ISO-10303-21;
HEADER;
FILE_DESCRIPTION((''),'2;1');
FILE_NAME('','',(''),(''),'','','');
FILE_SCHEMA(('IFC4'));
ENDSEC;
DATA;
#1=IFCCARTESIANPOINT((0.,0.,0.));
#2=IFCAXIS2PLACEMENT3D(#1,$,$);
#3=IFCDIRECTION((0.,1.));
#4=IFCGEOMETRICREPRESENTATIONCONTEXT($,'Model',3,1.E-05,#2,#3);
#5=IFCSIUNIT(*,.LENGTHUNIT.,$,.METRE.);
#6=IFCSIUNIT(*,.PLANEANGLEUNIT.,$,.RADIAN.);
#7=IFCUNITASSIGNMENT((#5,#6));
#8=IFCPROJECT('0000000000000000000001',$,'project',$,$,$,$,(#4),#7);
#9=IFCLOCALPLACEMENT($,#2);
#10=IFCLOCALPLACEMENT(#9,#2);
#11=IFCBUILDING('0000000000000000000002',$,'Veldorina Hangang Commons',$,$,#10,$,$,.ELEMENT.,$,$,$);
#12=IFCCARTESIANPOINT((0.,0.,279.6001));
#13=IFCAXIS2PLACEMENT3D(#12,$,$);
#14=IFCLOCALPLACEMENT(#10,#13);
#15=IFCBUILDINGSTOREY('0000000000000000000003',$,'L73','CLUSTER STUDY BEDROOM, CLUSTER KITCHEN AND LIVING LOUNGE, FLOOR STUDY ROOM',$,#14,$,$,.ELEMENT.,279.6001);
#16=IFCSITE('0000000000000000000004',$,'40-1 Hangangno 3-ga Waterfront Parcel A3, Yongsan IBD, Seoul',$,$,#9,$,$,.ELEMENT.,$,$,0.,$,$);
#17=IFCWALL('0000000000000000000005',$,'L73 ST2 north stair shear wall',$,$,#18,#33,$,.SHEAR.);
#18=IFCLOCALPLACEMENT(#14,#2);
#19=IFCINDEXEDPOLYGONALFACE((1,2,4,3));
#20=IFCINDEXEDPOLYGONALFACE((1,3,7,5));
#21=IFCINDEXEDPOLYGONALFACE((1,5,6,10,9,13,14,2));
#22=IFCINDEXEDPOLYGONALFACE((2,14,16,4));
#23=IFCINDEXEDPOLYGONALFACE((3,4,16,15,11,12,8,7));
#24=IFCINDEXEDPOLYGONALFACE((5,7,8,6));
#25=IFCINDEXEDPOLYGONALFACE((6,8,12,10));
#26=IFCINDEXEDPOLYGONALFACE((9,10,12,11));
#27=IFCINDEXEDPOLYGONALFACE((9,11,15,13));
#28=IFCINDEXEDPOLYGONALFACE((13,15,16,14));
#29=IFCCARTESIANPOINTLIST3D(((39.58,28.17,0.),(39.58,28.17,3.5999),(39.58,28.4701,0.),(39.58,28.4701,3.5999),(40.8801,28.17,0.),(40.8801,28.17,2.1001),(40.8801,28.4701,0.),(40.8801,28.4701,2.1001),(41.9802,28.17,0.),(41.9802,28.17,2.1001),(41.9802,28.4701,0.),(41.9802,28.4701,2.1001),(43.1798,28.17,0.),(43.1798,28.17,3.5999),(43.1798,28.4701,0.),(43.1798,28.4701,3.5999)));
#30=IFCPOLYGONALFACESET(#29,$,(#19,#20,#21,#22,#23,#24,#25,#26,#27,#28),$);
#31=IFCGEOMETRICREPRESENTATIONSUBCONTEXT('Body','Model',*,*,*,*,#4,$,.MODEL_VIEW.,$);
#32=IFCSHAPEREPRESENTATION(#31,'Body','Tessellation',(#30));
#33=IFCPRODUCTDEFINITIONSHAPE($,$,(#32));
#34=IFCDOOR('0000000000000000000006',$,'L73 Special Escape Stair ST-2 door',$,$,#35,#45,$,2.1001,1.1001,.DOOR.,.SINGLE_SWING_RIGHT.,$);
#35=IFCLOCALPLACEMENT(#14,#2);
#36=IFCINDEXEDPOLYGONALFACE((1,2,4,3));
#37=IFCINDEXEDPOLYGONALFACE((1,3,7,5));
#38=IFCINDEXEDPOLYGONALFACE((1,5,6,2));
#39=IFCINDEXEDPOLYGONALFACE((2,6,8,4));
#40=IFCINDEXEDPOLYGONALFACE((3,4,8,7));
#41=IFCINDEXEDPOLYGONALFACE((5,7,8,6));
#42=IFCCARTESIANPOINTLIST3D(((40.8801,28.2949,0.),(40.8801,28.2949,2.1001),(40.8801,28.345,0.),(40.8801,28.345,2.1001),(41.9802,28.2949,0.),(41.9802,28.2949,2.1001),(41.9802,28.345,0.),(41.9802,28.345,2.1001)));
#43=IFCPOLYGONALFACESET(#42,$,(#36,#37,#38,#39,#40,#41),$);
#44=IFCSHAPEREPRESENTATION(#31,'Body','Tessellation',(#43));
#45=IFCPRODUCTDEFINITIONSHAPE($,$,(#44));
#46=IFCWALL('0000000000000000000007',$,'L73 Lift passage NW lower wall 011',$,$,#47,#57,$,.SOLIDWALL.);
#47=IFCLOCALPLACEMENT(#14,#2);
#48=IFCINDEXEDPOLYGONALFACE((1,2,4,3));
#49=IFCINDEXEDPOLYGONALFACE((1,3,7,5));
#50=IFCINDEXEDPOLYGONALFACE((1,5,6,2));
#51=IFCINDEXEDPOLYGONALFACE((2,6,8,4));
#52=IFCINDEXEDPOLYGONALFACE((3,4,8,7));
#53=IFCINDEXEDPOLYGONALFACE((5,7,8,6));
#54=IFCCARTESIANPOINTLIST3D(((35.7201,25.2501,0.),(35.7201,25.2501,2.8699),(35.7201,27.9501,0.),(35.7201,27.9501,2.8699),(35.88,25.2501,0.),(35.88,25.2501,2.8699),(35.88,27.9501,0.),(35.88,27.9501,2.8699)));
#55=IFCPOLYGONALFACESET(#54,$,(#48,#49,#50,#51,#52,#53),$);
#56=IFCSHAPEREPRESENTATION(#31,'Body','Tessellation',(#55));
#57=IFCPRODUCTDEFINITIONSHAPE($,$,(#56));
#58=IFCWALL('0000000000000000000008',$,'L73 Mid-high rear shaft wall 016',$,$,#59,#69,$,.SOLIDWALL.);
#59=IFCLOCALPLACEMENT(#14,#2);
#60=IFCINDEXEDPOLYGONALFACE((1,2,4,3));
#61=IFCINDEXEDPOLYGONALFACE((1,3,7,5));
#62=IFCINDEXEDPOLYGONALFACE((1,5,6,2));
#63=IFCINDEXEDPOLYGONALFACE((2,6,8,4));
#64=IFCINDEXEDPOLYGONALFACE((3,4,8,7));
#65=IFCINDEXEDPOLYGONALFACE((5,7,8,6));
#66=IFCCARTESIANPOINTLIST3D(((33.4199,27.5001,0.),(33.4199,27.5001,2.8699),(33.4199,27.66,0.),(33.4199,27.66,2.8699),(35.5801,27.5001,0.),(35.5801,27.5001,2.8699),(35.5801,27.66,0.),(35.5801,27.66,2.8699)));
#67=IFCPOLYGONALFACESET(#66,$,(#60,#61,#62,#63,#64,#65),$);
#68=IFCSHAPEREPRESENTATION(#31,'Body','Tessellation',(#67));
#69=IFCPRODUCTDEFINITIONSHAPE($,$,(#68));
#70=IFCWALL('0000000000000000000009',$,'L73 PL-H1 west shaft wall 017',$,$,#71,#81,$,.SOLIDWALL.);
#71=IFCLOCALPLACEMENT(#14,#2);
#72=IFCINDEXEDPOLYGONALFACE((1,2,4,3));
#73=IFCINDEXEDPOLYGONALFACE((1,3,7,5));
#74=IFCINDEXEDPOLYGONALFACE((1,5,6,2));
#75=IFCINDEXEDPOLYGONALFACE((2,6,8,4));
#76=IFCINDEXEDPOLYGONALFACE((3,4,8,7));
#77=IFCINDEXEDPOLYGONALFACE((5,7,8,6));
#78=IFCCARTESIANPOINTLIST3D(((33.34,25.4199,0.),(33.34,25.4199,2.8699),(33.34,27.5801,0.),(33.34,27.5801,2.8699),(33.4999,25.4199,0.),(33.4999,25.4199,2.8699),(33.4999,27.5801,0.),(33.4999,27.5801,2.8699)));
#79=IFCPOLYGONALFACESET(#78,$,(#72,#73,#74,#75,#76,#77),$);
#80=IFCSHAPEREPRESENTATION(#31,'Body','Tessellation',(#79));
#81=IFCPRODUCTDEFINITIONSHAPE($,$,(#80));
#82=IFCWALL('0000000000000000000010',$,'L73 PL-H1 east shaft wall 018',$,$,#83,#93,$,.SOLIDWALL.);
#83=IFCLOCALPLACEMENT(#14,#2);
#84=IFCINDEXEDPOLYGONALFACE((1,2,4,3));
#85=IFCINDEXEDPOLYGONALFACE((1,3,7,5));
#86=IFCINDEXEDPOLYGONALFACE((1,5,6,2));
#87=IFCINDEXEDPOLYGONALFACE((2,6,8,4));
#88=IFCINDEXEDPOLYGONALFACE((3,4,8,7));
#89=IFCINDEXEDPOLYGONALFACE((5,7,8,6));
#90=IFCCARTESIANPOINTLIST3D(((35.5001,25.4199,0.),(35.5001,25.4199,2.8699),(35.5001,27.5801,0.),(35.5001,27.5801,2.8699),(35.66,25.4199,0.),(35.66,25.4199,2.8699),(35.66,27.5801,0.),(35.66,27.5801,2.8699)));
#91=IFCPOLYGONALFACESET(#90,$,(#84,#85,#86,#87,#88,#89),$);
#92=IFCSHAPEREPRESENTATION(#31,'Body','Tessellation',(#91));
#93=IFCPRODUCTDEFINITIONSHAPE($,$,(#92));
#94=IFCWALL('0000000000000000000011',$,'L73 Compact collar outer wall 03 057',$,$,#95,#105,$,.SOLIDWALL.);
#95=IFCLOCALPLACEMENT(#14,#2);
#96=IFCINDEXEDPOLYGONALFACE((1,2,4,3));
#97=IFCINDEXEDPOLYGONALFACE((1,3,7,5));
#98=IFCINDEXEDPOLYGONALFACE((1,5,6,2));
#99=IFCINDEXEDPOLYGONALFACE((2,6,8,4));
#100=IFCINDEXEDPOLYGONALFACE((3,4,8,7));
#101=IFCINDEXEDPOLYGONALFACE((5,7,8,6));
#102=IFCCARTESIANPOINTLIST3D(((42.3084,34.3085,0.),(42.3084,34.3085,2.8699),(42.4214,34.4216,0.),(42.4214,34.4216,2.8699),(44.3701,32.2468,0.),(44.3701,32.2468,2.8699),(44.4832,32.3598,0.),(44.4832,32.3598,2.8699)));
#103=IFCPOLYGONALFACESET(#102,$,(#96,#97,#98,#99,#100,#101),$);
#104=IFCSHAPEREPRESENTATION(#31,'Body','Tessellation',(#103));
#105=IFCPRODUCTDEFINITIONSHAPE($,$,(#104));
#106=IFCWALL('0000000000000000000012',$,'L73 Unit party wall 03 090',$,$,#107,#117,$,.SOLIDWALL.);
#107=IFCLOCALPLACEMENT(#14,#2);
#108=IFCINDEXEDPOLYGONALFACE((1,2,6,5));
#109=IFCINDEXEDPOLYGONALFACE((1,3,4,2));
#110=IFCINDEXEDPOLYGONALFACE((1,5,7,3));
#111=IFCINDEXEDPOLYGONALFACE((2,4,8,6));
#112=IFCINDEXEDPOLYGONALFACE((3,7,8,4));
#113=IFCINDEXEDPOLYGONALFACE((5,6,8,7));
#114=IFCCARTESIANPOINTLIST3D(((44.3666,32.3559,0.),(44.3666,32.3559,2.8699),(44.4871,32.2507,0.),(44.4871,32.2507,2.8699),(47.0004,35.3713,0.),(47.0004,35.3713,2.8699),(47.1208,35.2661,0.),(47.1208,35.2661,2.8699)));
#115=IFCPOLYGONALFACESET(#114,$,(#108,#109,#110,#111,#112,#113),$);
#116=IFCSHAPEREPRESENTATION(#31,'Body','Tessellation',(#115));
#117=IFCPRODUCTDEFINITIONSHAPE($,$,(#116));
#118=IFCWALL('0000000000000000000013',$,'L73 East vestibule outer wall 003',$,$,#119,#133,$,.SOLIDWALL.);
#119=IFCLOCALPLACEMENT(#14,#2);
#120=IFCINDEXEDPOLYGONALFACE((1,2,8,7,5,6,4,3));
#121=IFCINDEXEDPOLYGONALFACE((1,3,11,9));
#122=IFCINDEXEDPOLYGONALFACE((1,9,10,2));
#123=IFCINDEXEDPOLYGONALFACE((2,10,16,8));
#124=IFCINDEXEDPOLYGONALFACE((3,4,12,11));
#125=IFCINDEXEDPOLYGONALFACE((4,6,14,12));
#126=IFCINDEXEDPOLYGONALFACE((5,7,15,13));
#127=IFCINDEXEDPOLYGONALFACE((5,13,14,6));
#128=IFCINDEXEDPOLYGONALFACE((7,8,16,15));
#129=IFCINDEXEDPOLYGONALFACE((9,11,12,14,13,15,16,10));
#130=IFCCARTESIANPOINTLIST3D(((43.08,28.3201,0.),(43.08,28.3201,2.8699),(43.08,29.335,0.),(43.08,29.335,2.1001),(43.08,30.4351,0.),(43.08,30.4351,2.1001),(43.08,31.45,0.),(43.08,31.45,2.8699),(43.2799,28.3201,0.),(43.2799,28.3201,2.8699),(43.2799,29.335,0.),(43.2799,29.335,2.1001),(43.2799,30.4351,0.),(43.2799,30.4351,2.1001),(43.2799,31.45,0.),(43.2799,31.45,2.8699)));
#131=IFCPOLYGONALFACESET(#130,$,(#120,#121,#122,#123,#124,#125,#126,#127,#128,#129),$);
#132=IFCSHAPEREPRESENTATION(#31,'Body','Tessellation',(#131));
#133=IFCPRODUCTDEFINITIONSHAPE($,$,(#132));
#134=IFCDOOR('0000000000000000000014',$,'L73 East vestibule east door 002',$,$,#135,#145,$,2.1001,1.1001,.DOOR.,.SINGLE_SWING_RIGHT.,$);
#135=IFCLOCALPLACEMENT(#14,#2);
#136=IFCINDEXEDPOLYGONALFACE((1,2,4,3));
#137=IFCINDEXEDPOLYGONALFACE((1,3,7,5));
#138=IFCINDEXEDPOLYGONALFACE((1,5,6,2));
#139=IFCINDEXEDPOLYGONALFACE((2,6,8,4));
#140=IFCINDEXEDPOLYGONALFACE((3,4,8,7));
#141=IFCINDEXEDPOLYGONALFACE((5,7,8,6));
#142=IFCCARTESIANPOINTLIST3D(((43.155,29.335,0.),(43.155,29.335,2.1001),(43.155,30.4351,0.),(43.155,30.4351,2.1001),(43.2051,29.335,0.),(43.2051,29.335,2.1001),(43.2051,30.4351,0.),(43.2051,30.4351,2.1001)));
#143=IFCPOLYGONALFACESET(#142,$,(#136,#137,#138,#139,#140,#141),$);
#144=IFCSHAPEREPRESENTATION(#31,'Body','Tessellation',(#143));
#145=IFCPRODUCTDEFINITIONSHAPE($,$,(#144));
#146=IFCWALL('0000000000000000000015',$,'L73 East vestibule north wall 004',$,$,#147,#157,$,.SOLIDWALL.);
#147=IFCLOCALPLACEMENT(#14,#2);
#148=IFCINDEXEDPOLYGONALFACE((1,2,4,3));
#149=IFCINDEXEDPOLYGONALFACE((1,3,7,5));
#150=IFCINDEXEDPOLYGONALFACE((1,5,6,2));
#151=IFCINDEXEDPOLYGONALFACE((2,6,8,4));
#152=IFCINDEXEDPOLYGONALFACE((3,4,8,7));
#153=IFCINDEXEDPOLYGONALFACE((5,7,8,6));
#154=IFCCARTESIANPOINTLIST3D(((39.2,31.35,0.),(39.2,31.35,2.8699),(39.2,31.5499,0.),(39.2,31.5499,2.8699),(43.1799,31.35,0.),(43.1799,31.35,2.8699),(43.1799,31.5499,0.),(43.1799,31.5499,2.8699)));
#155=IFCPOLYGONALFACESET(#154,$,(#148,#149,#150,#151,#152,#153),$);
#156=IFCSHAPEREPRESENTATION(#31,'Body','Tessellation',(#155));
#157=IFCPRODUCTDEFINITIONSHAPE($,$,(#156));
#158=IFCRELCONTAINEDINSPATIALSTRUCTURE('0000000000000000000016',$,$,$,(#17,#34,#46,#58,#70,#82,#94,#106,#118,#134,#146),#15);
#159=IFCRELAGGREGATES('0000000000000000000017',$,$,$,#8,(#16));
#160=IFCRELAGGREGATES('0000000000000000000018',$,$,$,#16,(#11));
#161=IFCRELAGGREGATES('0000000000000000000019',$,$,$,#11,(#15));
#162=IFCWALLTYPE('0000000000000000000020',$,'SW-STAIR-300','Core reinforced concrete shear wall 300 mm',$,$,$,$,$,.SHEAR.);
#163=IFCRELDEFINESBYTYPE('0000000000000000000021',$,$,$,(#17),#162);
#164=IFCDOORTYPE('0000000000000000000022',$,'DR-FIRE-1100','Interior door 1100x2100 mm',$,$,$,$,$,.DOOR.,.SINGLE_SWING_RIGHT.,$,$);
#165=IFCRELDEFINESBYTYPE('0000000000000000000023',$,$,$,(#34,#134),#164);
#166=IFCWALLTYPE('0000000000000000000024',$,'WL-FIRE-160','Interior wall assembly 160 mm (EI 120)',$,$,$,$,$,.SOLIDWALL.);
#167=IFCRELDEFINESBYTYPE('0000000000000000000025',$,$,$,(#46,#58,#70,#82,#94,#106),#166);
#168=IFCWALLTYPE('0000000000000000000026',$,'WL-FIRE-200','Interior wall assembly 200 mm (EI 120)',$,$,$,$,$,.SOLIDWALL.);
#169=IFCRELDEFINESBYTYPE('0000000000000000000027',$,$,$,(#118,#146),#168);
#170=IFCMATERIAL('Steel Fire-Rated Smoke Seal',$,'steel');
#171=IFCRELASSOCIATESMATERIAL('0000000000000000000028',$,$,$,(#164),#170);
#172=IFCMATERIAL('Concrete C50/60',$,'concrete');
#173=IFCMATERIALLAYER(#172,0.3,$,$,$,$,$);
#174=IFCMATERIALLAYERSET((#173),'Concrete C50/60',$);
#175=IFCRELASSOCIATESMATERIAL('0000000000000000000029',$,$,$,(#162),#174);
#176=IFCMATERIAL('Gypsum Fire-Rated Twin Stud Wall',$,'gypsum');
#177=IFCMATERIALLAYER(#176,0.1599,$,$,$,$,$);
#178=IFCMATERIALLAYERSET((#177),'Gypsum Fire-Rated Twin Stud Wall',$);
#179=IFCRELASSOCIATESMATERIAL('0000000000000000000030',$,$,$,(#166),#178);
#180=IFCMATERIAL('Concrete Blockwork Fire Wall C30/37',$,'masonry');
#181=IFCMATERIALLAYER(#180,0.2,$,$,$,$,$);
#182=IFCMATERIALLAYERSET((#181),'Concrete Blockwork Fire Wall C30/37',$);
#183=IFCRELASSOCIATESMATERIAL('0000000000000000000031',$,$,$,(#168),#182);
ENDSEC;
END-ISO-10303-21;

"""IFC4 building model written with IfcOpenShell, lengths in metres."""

from ifc_helpers import new_model, si_unit, direction, frame, frame_2d, origin, place, context, subcontext, project, spatial, rectangle, extrude, material, layer, layer_set, type_object, element, fill, save


model = new_model("IFC4")

# Units and contexts
model_context = context("Model", 3, precision=1e-05, world=origin(), true_north=direction((0.0, 1.0)))
body_context = subcontext(model_context, "Body", "Model", "MODEL_VIEW")
ifc_project = project(units=[si_unit("LENGTHUNIT", "METRE"), si_unit("PLANEANGLEUNIT", "RADIAN")], contexts=[model_context])

# Site, building, storey
site_placement = place(None, origin())
site = spatial("IfcSite", under=ifc_project, at=site_placement, Name="40-1 Hangangno 3-ga Waterfront Parcel A3, Yongsan IBD, Seoul", CompositionType="ELEMENT", RefElevation=0.0)
building_placement = place(site_placement, origin())
building = spatial("IfcBuilding", under=site, at=building_placement, Name="Veldorina Hangang Commons", CompositionType="ELEMENT")
storey_placement = place(building_placement, frame((0.0, 0.0, 279.6001)))
storey = spatial("IfcBuildingStorey", under=building, at=storey_placement, Name="L73", Description="CLUSTER STUDY BEDROOM, CLUSTER KITCHEN AND LIVING LOUNGE, FLOOR STUDY ROOM", CompositionType="ELEMENT", Elevation=279.6001)

# Shared definitions
ifc_material_1 = material(Name="Concrete C50/60", Category="concrete")

# Wall, opening, door
ifc_material_2 = material(Name="Steel Fire-Rated Smoke Seal", Category="steel")
door_type_1 = type_object("IfcDoorType", Name="DR-FIRE-1100", Description="Interior door 1100x2100 mm", OperationType="SINGLE_SWING_RIGHT", PredefinedType="DOOR", material=ifc_material_2)
ifc_layer_1 = layer(ifc_material_1, 0.3)
ifc_layer_set_1 = layer_set([ifc_layer_1], Name="Concrete C50/60")
wall_type_1 = type_object("IfcWallType", Name="SW-STAIR-300", Description="Core reinforced concrete shear wall 300 mm", PredefinedType="SHEAR", material=ifc_layer_set_1)
wall_1_placement = place(storey_placement, frame((39.5801, 28.3201, 0.0), z_axis=(0.0, 0.0, 1.0), x_axis=(1.0, 0.0, 0.0)))
wall_1 = element("IfcWall", 1, at=wall_1_placement, inside=storey, type_object=wall_type_1, Name="L73 ST2 north stair shear wall", PredefinedType="SHEAR", context=body_context, shape_type="SweptSolid", body=[
    extrude(rectangle(XDim=3.5999, YDim=0.3, at=frame_2d((1.7998, 0.0))), origin(), (0.0, 0.0, 1.0), 3.5999),
])
opening_1_placement = place(wall_1_placement, frame((1.3, 0.0, 0.0)))
opening_1 = element("IfcOpeningElement", 2, at=opening_1_placement, cuts=wall_1, PredefinedType="OPENING", context=body_context, shape_type="SweptSolid", body=[
    extrude(rectangle(XDim=1.1001, YDim=2.1001, at=frame_2d((0.55, 1.05))), frame((0.0, 0.1602, 0.0), z_axis=(0.0, -1.0, 0.0), x_axis=(1.0, 0.0, 0.0)), (0.0, 0.0, 1.0), 0.3201),
])
door_1_placement = place(opening_1_placement, origin())
door_1 = element("IfcDoor", 3, at=door_1_placement, inside=storey, type_object=door_type_1, Name="L73 Special Escape Stair ST-2 door", OperationType="SINGLE_SWING_RIGHT", OverallHeight=2.1001, OverallWidth=1.1001, PredefinedType="DOOR", context=body_context, shape_type="SweptSolid", body=[
    extrude(rectangle(XDim=1.1001, YDim=2.1001, at=frame_2d((0.55, 1.05))), frame((0.0, 0.0249, 0.0), z_axis=(0.0, -1.0, 0.0), x_axis=(1.0, 0.0, 0.0)), (0.0, 0.0, 1.0), 0.05),
])
fill(opening_1, door_1)

# Wall
ifc_material_3 = material(Name="Gypsum Fire-Rated Twin Stud Wall", Category="gypsum")
ifc_layer_2 = layer(ifc_material_3, 0.1599)
ifc_layer_set_2 = layer_set([ifc_layer_2], Name="Gypsum Fire-Rated Twin Stud Wall")
wall_type_2 = type_object("IfcWallType", Name="WL-FIRE-160", Description="Interior wall assembly 160 mm (EI 120)", PredefinedType="SOLIDWALL", material=ifc_layer_set_2)
wall_2_placement = place(storey_placement, frame((35.8, 25.25, 0.0), z_axis=(0.0, 0.0, 1.0), x_axis=(0.0, 1.0, 0.0)))
element("IfcWall", 4, at=wall_2_placement, inside=storey, type_object=wall_type_2, Name="L73 Lift passage NW lower wall 011", PredefinedType="SOLIDWALL", context=body_context, shape_type="SweptSolid", body=[
    extrude(rectangle(XDim=2.7, YDim=0.1599, at=frame_2d((1.3501, 0.0))), origin(), (0.0, 0.0, 1.0), 2.8699),
])

# Walls
for number, where, z_axis, x_axis, name in (
    (5, (33.4199, 27.5801, 0.0), (0.0, 0.0, 1.0), (1.0, 0.0, 0.0), "L73 Mid-high rear shaft wall 016"),
    (6, (33.4199, 25.4199, 0.0), (0.0, 0.0, 1.0), (0.0, 1.0, 0.0), "L73 PL-H1 west shaft wall 017"),
    (7, (35.5801, 25.4199, 0.0), (0.0, 0.0, 1.0), (0.0, 1.0, 0.0), "L73 PL-H1 east shaft wall 018"),
):
    element("IfcWall", number, at=place(storey_placement, frame(where, z_axis=z_axis, x_axis=x_axis)), inside=storey, type_object=wall_type_2, Name=name, PredefinedType="SOLIDWALL", context=body_context, shape_type="SweptSolid", body=[
        extrude(rectangle(XDim=2.1602, YDim=0.1599, at=frame_2d((1.0801, 0.0))), origin(), (0.0, 0.0, 1.0), 2.8699),
    ])
wall_3_placement = place(storey_placement, frame((44.4268, 32.3032, 0.0), z_axis=(0.0, 0.0, 1.0), x_axis=(-0.707107, 0.707107, 0.0)))
element("IfcWall", 8, at=wall_3_placement, inside=storey, type_object=wall_type_2, Name="L73 Compact collar outer wall 03 057", PredefinedType="SOLIDWALL", context=body_context, shape_type="SweptSolid", body=[
    extrude(rectangle(XDim=2.9158, YDim=0.1599, at=frame_2d((1.458, 0.0))), origin(), (0.0, 0.0, 1.0), 2.8699),
])
wall_4_placement = place(storey_placement, frame((44.4268, 32.3032, 0.0), z_axis=(0.0, 0.0, 1.0), x_axis=(0.657844, 0.753154, 0.0)))
element("IfcWall", 9, at=wall_4_placement, inside=storey, type_object=wall_type_2, Name="L73 Unit party wall 03 090", PredefinedType="SOLIDWALL", context=body_context, shape_type="SweptSolid", body=[
    extrude(rectangle(XDim=4.0037, YDim=0.1599, at=frame_2d((2.002, 0.0))), origin(), (0.0, 0.0, 1.0), 2.8699),
])

# Wall, opening, door
ifc_material_4 = material(Name="Concrete Blockwork Fire Wall C30/37", Category="masonry")
ifc_layer_3 = layer(ifc_material_4, 0.2)
ifc_layer_set_3 = layer_set([ifc_layer_3], Name="Concrete Blockwork Fire Wall C30/37")
wall_type_3 = type_object("IfcWallType", Name="WL-FIRE-200", Description="Interior wall assembly 200 mm (EI 120)", PredefinedType="SOLIDWALL", material=ifc_layer_set_3)
wall_5_placement = place(storey_placement, frame((43.1799, 28.3201, 0.0), z_axis=(0.0, 0.0, 1.0), x_axis=(0.0, 1.0, 0.0)))
wall_5 = element("IfcWall", 10, at=wall_5_placement, inside=storey, type_object=wall_type_3, Name="L73 East vestibule outer wall 003", PredefinedType="SOLIDWALL", context=body_context, shape_type="SweptSolid", body=[
    extrude(rectangle(XDim=3.1299, YDim=0.2, at=frame_2d((1.5649, 0.0))), origin(), (0.0, 0.0, 1.0), 2.8699),
])
opening_2_placement = place(wall_5_placement, frame((1.0149, 0.0, 0.0)))
opening_2 = element("IfcOpeningElement", 11, at=opening_2_placement, cuts=wall_5, PredefinedType="OPENING", context=body_context, shape_type="SweptSolid", body=[
    extrude(rectangle(XDim=1.1001, YDim=2.1001, at=frame_2d((0.55, 1.05))), frame((0.0, 0.1099, 0.0), z_axis=(0.0, -1.0, 0.0), x_axis=(1.0, 0.0, 0.0)), (0.0, 0.0, 1.0), 0.22),
])
door_2_placement = place(opening_2_placement, origin())
door_2 = element("IfcDoor", 12, at=door_2_placement, inside=storey, type_object=door_type_1, Name="L73 East vestibule east door 002", OperationType="SINGLE_SWING_RIGHT", OverallHeight=2.1001, OverallWidth=1.1001, PredefinedType="DOOR", context=body_context, shape_type="SweptSolid", body=[
    extrude(rectangle(XDim=1.1001, YDim=2.1001, at=frame_2d((0.55, 1.05))), frame((0.0, 0.0249, 0.0), z_axis=(0.0, -1.0, 0.0), x_axis=(1.0, 0.0, 0.0)), (0.0, 0.0, 1.0), 0.05),
])
fill(opening_2, door_2)

# Wall
wall_6_placement = place(storey_placement, frame((39.2, 31.45, 0.0), z_axis=(0.0, 0.0, 1.0), x_axis=(1.0, 0.0, 0.0)))
element("IfcWall", 13, at=wall_6_placement, inside=storey, type_object=wall_type_3, Name="L73 East vestibule north wall 004", PredefinedType="SOLIDWALL", context=body_context, shape_type="SweptSolid", body=[
    extrude(rectangle(XDim=3.98, YDim=0.2, at=frame_2d((1.99, 0.0))), origin(), (0.0, 0.0, 1.0), 2.8699),
])

save(model, "model.ifc")
